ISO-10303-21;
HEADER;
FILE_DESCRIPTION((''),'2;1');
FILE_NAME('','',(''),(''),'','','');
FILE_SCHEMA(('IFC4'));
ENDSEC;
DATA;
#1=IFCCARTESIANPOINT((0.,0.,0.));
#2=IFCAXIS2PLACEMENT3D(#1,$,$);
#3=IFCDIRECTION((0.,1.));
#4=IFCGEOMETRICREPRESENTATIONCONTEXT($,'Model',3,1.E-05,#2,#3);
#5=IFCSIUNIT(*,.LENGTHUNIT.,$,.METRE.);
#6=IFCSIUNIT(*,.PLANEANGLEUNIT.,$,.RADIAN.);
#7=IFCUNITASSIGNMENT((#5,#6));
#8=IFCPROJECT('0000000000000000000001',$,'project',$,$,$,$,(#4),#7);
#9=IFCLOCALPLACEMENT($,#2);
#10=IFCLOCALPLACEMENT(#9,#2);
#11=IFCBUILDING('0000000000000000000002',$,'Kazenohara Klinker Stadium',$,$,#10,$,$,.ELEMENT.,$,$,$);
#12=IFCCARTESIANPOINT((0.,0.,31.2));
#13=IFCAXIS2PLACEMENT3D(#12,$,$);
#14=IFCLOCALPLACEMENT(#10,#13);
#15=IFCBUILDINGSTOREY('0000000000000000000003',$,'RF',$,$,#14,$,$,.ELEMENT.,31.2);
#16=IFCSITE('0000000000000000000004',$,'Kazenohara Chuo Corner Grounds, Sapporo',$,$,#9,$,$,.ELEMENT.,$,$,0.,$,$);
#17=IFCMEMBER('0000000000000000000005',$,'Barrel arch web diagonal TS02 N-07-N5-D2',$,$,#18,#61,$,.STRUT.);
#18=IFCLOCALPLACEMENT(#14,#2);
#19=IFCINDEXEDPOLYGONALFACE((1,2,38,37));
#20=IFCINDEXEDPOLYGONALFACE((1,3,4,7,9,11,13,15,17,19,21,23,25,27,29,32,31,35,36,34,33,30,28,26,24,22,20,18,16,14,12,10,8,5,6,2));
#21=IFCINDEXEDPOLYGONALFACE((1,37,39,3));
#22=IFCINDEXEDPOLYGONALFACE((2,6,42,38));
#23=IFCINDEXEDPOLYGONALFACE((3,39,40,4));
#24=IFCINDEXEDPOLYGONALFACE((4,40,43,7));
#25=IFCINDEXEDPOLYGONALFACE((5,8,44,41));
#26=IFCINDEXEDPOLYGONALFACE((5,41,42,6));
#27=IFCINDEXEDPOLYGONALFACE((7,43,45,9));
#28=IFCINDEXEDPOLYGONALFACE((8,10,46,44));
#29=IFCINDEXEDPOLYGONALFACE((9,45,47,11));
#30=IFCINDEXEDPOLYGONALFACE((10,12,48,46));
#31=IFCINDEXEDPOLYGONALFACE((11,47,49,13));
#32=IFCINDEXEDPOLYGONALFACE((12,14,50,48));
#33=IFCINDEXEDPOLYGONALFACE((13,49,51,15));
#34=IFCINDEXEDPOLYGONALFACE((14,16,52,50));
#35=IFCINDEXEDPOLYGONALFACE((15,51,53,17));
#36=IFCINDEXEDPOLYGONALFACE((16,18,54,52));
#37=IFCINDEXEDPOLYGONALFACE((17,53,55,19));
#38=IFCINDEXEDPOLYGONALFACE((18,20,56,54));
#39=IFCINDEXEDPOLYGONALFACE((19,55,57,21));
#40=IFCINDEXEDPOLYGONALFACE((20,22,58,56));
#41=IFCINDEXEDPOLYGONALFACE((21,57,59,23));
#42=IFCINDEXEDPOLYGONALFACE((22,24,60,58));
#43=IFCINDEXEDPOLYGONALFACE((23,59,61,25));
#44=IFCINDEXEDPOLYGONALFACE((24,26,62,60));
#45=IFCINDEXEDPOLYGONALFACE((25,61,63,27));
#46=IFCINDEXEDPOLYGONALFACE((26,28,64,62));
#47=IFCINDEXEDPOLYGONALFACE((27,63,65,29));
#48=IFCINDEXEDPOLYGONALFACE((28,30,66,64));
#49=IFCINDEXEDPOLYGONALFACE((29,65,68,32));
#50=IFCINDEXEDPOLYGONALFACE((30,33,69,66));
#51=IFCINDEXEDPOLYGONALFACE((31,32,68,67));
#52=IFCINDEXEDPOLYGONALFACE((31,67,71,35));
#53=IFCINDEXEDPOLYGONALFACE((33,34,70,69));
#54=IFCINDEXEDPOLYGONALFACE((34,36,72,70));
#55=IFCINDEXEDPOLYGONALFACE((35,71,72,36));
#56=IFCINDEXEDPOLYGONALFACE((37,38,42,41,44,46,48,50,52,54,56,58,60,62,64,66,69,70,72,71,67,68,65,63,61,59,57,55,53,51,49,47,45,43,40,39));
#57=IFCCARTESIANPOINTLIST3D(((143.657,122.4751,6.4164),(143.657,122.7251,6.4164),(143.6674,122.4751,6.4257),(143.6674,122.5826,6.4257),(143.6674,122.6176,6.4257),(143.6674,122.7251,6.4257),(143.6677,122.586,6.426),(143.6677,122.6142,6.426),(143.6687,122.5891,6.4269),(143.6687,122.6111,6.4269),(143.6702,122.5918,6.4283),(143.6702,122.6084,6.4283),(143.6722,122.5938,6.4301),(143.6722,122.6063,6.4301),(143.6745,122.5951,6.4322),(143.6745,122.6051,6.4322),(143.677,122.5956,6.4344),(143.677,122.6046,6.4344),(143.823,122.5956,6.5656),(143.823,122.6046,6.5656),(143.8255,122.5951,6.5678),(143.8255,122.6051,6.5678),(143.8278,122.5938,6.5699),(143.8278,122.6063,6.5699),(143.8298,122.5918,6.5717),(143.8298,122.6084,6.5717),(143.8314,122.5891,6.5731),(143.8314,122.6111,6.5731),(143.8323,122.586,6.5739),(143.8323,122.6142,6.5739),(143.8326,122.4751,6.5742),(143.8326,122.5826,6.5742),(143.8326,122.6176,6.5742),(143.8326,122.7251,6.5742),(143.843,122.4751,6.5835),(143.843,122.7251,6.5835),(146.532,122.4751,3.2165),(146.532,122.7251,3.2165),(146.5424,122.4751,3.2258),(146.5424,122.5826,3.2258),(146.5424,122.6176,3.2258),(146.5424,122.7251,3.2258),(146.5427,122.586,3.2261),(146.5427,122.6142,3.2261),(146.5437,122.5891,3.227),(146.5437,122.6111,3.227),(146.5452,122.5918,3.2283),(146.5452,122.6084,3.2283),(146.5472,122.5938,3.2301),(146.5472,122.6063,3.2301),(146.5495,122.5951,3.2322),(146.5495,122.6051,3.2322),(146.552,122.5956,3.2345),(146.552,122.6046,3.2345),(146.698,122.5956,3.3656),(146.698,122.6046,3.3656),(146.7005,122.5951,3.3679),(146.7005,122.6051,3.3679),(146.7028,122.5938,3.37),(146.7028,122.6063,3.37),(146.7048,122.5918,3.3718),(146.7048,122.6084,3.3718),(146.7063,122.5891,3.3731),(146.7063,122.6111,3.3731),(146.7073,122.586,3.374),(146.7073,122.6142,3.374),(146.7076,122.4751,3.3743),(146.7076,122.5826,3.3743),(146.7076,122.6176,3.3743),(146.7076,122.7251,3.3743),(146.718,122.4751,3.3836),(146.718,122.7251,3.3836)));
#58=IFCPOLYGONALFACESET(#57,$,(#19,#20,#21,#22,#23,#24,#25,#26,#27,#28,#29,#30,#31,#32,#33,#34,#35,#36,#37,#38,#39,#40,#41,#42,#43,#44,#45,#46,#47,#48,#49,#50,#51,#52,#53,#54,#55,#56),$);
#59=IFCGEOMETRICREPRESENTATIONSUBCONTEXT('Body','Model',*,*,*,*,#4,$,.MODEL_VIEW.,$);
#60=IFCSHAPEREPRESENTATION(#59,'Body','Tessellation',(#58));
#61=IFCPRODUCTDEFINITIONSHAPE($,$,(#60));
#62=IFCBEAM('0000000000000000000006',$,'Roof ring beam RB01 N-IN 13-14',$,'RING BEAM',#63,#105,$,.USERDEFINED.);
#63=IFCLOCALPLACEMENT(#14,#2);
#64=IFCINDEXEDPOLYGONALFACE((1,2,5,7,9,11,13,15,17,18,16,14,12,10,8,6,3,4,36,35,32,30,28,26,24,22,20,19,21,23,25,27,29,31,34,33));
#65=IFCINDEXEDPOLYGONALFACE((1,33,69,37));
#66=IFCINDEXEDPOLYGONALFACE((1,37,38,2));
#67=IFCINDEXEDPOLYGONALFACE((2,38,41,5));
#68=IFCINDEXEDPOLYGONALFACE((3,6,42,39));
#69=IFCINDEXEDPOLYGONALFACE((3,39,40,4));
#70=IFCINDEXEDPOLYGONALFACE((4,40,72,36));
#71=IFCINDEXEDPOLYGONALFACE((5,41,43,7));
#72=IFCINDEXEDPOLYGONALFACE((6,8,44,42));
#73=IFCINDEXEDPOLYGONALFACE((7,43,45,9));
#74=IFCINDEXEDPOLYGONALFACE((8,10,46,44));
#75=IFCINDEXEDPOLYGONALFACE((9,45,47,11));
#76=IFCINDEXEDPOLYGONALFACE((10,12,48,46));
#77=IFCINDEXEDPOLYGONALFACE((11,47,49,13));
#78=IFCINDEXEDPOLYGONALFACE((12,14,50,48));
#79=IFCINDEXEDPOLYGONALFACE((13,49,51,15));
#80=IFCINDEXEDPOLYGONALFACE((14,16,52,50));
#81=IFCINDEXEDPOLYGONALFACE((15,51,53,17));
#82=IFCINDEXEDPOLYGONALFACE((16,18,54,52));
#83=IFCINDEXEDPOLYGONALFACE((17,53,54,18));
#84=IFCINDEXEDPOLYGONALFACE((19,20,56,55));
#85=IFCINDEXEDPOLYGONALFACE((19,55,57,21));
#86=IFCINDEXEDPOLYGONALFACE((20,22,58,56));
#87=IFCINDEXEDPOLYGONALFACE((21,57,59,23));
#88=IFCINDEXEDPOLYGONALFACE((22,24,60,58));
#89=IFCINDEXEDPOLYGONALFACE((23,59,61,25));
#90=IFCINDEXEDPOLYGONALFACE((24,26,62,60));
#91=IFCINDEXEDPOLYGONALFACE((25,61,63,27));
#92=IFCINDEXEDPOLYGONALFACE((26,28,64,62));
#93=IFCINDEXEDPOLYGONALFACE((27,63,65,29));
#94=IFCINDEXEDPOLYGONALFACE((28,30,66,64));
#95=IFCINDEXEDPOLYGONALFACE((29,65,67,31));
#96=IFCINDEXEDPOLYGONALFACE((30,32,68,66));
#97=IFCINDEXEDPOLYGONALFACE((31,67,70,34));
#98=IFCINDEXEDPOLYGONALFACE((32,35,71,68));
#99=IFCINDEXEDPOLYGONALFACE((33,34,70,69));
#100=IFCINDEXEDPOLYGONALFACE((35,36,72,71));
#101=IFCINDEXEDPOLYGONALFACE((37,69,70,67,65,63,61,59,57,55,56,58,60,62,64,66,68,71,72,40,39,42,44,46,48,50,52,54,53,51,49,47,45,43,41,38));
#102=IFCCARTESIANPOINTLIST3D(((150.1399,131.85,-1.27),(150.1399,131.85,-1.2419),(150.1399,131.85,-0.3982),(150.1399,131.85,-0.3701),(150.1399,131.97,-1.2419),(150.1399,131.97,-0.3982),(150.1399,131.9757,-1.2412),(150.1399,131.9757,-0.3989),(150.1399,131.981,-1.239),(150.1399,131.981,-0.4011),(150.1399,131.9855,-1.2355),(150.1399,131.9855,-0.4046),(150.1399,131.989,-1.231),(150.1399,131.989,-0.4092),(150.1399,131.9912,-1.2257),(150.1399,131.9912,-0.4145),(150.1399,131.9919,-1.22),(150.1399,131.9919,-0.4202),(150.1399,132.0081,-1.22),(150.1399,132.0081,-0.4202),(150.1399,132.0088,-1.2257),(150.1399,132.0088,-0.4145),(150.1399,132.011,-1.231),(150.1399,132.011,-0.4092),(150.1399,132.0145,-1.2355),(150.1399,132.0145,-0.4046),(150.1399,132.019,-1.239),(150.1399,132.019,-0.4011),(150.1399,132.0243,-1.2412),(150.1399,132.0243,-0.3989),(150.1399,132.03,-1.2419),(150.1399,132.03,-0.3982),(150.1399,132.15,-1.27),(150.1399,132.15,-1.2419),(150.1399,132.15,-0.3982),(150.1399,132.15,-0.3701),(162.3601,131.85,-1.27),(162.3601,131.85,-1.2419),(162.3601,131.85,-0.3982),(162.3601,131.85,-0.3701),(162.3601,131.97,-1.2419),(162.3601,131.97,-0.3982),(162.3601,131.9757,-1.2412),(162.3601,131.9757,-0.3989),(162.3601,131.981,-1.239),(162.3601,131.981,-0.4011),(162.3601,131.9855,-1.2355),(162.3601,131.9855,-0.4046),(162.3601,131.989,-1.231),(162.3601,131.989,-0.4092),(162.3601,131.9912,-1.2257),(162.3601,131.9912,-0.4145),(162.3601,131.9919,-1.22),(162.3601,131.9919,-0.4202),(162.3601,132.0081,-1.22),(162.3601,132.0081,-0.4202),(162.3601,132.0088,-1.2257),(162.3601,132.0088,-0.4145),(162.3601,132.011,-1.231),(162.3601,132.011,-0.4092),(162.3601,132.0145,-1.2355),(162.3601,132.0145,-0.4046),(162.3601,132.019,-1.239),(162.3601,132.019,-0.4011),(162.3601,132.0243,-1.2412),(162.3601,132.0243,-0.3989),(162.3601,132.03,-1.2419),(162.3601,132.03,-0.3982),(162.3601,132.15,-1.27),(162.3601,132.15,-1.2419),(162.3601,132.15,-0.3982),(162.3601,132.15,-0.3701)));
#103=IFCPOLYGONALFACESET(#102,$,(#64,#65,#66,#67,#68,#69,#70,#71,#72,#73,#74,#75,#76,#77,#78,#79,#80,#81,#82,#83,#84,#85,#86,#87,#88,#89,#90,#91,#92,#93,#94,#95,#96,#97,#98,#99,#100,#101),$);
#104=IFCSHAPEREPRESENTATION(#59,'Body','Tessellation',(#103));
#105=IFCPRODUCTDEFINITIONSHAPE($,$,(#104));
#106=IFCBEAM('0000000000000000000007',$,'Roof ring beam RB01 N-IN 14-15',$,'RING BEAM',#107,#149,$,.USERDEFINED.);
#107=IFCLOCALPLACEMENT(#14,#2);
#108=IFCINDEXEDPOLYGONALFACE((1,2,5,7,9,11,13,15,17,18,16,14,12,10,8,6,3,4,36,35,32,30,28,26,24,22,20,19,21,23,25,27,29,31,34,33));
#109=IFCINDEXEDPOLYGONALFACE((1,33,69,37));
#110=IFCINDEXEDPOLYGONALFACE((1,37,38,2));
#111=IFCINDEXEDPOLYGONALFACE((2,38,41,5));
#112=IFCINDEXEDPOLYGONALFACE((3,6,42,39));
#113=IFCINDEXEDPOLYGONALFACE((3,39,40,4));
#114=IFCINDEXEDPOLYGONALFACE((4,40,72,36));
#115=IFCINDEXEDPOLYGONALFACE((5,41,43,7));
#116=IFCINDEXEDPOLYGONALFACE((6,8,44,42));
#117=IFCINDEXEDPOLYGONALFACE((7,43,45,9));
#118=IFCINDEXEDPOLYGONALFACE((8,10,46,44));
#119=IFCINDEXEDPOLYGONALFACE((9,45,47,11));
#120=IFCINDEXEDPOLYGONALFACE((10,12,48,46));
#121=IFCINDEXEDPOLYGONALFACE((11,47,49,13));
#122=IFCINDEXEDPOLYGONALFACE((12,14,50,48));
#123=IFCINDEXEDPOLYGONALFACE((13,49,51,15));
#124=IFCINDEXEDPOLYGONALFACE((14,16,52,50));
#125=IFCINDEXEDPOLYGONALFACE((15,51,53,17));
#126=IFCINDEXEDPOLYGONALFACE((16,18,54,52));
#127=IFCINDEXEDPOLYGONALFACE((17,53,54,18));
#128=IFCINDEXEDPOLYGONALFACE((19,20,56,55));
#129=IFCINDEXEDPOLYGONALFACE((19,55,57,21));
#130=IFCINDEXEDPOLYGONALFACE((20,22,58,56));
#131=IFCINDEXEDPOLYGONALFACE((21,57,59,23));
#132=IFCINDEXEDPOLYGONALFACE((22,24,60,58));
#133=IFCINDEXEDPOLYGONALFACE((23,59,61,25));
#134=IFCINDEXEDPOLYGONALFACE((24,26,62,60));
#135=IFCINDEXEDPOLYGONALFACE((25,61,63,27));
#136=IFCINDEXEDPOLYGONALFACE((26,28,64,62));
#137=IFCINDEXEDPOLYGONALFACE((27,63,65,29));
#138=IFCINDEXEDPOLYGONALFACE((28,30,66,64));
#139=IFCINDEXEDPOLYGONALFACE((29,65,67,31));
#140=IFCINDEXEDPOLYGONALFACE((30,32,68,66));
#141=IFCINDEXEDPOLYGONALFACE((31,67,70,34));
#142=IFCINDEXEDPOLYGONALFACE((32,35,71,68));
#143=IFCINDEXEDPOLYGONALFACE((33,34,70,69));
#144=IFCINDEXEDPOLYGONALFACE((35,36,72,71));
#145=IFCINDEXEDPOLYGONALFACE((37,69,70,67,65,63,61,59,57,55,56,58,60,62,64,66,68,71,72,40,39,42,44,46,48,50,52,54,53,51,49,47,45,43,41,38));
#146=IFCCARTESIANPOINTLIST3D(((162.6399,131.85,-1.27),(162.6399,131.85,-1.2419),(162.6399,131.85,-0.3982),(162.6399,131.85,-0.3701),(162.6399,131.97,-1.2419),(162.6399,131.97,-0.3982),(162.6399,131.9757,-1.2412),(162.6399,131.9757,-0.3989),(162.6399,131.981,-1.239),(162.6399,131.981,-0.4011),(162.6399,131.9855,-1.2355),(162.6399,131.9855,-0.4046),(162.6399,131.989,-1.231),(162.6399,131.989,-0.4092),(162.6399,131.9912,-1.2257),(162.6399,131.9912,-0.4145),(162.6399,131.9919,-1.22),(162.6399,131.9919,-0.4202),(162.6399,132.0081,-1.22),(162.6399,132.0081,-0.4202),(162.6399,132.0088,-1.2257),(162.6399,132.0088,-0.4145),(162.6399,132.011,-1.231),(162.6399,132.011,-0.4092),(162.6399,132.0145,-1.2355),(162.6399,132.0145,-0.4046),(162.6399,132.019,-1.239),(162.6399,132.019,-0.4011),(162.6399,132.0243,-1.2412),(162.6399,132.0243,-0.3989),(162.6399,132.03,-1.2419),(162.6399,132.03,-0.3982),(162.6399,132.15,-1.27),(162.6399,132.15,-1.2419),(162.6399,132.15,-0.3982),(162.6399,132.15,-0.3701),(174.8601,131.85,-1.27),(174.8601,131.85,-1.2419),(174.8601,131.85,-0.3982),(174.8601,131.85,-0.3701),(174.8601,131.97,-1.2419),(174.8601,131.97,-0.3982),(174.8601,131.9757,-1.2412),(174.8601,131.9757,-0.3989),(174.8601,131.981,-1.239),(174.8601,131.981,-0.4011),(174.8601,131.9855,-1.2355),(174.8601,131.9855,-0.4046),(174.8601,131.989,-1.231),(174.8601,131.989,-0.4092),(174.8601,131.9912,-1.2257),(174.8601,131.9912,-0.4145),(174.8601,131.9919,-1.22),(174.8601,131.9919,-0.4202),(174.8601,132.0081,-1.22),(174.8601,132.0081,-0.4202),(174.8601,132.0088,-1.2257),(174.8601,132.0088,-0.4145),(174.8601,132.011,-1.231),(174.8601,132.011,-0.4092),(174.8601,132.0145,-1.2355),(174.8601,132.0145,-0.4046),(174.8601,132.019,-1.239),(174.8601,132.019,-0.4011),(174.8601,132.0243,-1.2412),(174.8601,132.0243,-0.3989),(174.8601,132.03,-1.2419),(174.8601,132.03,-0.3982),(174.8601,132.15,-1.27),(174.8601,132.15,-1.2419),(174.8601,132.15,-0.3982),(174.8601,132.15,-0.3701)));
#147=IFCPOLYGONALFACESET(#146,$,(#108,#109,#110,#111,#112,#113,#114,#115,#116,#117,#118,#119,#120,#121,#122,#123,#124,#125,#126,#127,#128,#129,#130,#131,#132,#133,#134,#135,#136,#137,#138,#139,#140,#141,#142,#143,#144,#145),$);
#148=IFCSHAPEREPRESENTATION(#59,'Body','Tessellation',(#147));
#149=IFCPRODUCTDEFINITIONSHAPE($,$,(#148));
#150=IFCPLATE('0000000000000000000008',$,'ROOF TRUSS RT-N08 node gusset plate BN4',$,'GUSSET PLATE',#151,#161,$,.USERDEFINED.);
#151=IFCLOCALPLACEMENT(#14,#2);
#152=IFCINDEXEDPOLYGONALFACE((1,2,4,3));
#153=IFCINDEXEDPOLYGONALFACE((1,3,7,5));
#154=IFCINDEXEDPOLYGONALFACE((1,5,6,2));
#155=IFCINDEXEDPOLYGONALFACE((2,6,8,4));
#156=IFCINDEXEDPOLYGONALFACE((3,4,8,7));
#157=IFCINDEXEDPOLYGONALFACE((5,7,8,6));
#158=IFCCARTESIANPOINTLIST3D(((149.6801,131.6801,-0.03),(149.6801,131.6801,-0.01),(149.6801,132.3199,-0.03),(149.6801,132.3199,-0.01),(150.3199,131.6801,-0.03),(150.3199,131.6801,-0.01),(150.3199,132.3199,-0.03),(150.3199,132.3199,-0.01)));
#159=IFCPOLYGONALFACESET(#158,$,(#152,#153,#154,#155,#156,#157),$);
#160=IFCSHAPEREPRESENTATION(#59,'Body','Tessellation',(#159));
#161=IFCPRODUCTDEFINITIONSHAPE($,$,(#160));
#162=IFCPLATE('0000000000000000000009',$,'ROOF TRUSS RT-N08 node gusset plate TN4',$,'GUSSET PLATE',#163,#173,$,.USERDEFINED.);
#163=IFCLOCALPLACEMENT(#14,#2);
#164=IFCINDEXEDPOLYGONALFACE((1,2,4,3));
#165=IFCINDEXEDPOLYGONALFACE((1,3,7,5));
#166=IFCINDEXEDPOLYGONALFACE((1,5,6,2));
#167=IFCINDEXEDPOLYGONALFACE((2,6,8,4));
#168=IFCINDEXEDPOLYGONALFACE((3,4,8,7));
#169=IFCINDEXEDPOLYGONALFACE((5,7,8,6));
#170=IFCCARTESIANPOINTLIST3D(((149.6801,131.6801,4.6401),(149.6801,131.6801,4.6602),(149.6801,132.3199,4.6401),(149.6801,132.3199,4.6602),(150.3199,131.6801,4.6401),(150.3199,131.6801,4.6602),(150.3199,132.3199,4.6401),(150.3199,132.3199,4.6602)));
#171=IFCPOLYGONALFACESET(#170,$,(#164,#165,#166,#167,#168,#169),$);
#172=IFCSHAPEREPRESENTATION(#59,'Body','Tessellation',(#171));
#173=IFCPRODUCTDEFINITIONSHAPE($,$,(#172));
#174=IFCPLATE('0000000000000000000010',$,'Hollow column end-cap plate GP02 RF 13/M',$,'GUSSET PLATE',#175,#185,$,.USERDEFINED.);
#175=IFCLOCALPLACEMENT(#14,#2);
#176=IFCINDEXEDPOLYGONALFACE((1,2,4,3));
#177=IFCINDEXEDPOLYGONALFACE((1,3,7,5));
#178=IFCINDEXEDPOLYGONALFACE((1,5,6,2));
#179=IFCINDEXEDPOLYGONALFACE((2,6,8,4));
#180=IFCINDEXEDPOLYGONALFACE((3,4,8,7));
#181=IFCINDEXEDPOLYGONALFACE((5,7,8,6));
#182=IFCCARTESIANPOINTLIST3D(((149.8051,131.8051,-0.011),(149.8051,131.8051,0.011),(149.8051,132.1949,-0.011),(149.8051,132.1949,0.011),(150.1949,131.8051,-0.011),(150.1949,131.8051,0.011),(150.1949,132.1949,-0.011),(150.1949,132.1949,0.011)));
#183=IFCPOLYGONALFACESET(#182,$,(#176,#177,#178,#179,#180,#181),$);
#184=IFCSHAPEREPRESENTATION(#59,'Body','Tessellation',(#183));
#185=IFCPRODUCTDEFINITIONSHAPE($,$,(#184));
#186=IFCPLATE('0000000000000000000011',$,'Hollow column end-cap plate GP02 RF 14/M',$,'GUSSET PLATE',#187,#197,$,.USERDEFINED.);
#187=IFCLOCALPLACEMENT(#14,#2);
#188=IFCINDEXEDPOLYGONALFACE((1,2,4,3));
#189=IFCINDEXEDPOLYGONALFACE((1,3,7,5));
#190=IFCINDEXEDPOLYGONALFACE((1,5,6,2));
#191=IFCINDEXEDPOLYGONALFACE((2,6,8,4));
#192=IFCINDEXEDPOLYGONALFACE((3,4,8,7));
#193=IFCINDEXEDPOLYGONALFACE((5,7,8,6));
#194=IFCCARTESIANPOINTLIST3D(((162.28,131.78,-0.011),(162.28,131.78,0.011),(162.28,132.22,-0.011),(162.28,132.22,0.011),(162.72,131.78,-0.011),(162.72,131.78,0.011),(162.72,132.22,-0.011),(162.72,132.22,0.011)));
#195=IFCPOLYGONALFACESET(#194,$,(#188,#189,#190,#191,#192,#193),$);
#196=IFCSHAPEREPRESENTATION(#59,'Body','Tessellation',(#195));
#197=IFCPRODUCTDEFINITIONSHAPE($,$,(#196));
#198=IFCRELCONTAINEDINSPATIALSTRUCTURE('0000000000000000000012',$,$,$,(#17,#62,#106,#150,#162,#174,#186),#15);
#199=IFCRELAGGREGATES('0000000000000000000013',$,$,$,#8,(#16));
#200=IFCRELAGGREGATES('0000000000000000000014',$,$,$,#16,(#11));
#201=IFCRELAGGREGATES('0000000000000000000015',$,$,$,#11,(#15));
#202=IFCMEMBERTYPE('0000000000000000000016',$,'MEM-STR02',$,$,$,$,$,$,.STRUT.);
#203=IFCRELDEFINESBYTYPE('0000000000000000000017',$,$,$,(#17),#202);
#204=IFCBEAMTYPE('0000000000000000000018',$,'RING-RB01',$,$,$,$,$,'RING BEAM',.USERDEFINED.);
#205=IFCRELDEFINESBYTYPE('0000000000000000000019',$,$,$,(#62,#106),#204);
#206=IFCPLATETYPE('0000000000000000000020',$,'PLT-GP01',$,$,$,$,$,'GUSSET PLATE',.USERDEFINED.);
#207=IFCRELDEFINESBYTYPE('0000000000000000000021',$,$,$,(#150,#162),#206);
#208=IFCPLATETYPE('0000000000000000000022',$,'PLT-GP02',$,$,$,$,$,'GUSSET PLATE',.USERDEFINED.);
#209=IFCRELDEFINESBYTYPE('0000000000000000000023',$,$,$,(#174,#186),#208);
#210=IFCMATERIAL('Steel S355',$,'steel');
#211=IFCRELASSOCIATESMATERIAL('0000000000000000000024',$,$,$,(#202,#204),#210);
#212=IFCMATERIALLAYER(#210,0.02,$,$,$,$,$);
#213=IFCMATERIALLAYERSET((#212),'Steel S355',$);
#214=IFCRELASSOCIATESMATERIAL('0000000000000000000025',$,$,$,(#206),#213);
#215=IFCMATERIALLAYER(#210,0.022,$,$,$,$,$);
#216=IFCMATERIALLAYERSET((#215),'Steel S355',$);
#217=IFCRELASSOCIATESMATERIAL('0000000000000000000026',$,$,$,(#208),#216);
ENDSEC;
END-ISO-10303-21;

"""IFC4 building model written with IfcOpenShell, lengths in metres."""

from ifc_helpers import new_model, si_unit, direction, frame, origin, origin_2d, place, context, subcontext, project, spatial, rectangle, i_section, extrude, material, layer, layer_set, material_profile, profile_set, type_object, element, save


model = new_model("IFC4")

# Units and contexts
model_context = context("Model", 3, precision=1e-05, world=origin(), true_north=direction((0.0, 1.0)))
body_context = subcontext(model_context, "Body", "Model", "MODEL_VIEW")
ifc_project = project(units=[si_unit("LENGTHUNIT", "METRE"), si_unit("PLANEANGLEUNIT", "RADIAN")], contexts=[model_context])

# Site, building, storey
site_placement = place(None, origin())
site = spatial("IfcSite", under=ifc_project, at=site_placement, Name="Kazenohara Chuo Corner Grounds, Sapporo", CompositionType="ELEMENT", RefElevation=0.0)
building_placement = place(site_placement, origin())
building = spatial("IfcBuilding", under=site, at=building_placement, Name="Kazenohara Klinker Stadium", CompositionType="ELEMENT")
storey_placement = place(building_placement, frame((0.0, 0.0, 31.2)))
storey = spatial("IfcBuildingStorey", under=building, at=storey_placement, Name="RF", CompositionType="ELEMENT", Elevation=31.2)

# Member
ifc_material_1 = material(Name="Steel S355", Category="steel")
ifc_material_profile_1 = material_profile(ifc_material_1, i_section(OverallWidth=0.25, OverallDepth=0.25, WebThickness=0.009, FlangeThickness=0.0139, FilletRadius=0.0129, at=origin_2d()), Name="H-250x250x9x14")
ifc_profile_set_1 = profile_set([ifc_material_profile_1], Name="Steel S355")
member_type_1 = type_object("IfcMemberType", Name="MEM-STR02", PredefinedType="STRUT", material=ifc_profile_set_1)
member_1_placement = place(storey_placement, frame((146.625, 122.6001, 3.3), z_axis=(-0.668328, 0.0, 0.743867), x_axis=(0.0, -1.0, 0.0)))
element("IfcMember", 1, at=member_1_placement, inside=storey, type_object=member_type_1, Name="Barrel arch web diagonal TS02 N-07-N5-D2", PredefinedType="STRUT", context=body_context, shape_type="SweptSolid", body=[
    extrude(i_section(OverallWidth=0.25, OverallDepth=0.25, WebThickness=0.009, FlangeThickness=0.0139, FilletRadius=0.0129, at=origin_2d()), origin(), (0.0, 0.0, 1.0), 4.3018),
])

# Beams
ifc_material_profile_2 = material_profile(ifc_material_1, i_section(OverallWidth=0.3, OverallDepth=0.8999, WebThickness=0.0161, FlangeThickness=0.0281, FilletRadius=0.022, at=origin_2d()), Name="H-900x300x16x28")
ifc_profile_set_2 = profile_set([ifc_material_profile_2], Name="Steel S355")
beam_type = type_object("IfcBeamType", Name="RING-RB01", ElementType="RING BEAM", PredefinedType="USERDEFINED", material=ifc_profile_set_2)
for number, where, z_axis, x_axis, name in (
    (2, (150.1399, 132.0, -0.8201), (1.0, 0.0, 0.0), (0.0, 1.0, 0.0), "Roof ring beam RB01 N-IN 13-14"),
    (3, (162.6399, 132.0, -0.8201), (1.0, 0.0, 0.0), (0.0, 1.0, 0.0), "Roof ring beam RB01 N-IN 14-15"),
):
    element("IfcBeam", number, at=place(storey_placement, frame(where, z_axis=z_axis, x_axis=x_axis)), inside=storey, type_object=beam_type, Name=name, ObjectType="RING BEAM", PredefinedType="USERDEFINED", context=body_context, shape_type="SweptSolid", body=[
        extrude(i_section(OverallWidth=0.3, OverallDepth=0.8999, WebThickness=0.0161, FlangeThickness=0.0281, FilletRadius=0.022, at=origin_2d()), origin(), (0.0, 0.0, 1.0), 12.2202),
    ])

# Plates
ifc_layer_1 = layer(ifc_material_1, 0.02)
ifc_layer_set_1 = layer_set([ifc_layer_1], Name="Steel S355")
plate_type_1 = type_object("IfcPlateType", Name="PLT-GP01", ElementType="GUSSET PLATE", PredefinedType="USERDEFINED", material=ifc_layer_set_1)
for number, where, z_axis, x_axis, name in (
    (4, (150.0, 132.0, -0.03), (0.0, 0.0, 1.0), (1.0, 0.0, 0.0), "ROOF TRUSS RT-N08 node gusset plate BN4"),
    (5, (150.0, 132.0, 4.6401), (0.0, 0.0, 1.0), (1.0, 0.0, 0.0), "ROOF TRUSS RT-N08 node gusset plate TN4"),
):
    element("IfcPlate", number, at=place(storey_placement, frame(where, z_axis=z_axis, x_axis=x_axis)), inside=storey, type_object=plate_type_1, Name=name, ObjectType="GUSSET PLATE", PredefinedType="USERDEFINED", context=body_context, shape_type="SweptSolid", body=[
        extrude(rectangle(XDim=0.6399, YDim=0.6399, at=origin_2d()), origin(), (0.0, 0.0, 1.0), 0.02),
    ])
ifc_layer_2 = layer(ifc_material_1, 0.022)
ifc_layer_set_2 = layer_set([ifc_layer_2], Name="Steel S355")
plate_type_2 = type_object("IfcPlateType", Name="PLT-GP02", ElementType="GUSSET PLATE", PredefinedType="USERDEFINED", material=ifc_layer_set_2)
plate_1_placement = place(storey_placement, frame((150.0, 132.0, -0.011), z_axis=(0.0, 0.0, 1.0), x_axis=(1.0, 0.0, 0.0)))
element("IfcPlate", 6, at=plate_1_placement, inside=storey, type_object=plate_type_2, Name="Hollow column end-cap plate GP02 RF 13/M", ObjectType="GUSSET PLATE", PredefinedType="USERDEFINED", context=body_context, shape_type="SweptSolid", body=[
    extrude(rectangle(XDim=0.3899, YDim=0.3899, at=origin_2d()), origin(), (0.0, 0.0, 1.0), 0.022),
])
plate_2_placement = place(storey_placement, frame((162.5, 132.0, -0.011), z_axis=(0.0, 0.0, 1.0), x_axis=(1.0, 0.0, 0.0)))
element("IfcPlate", 7, at=plate_2_placement, inside=storey, type_object=plate_type_2, Name="Hollow column end-cap plate GP02 RF 14/M", ObjectType="GUSSET PLATE", PredefinedType="USERDEFINED", context=body_context, shape_type="SweptSolid", body=[
    extrude(rectangle(XDim=0.4399, YDim=0.4399, at=origin_2d()), origin(), (0.0, 0.0, 1.0), 0.022),
])

save(model, "model.ifc")
